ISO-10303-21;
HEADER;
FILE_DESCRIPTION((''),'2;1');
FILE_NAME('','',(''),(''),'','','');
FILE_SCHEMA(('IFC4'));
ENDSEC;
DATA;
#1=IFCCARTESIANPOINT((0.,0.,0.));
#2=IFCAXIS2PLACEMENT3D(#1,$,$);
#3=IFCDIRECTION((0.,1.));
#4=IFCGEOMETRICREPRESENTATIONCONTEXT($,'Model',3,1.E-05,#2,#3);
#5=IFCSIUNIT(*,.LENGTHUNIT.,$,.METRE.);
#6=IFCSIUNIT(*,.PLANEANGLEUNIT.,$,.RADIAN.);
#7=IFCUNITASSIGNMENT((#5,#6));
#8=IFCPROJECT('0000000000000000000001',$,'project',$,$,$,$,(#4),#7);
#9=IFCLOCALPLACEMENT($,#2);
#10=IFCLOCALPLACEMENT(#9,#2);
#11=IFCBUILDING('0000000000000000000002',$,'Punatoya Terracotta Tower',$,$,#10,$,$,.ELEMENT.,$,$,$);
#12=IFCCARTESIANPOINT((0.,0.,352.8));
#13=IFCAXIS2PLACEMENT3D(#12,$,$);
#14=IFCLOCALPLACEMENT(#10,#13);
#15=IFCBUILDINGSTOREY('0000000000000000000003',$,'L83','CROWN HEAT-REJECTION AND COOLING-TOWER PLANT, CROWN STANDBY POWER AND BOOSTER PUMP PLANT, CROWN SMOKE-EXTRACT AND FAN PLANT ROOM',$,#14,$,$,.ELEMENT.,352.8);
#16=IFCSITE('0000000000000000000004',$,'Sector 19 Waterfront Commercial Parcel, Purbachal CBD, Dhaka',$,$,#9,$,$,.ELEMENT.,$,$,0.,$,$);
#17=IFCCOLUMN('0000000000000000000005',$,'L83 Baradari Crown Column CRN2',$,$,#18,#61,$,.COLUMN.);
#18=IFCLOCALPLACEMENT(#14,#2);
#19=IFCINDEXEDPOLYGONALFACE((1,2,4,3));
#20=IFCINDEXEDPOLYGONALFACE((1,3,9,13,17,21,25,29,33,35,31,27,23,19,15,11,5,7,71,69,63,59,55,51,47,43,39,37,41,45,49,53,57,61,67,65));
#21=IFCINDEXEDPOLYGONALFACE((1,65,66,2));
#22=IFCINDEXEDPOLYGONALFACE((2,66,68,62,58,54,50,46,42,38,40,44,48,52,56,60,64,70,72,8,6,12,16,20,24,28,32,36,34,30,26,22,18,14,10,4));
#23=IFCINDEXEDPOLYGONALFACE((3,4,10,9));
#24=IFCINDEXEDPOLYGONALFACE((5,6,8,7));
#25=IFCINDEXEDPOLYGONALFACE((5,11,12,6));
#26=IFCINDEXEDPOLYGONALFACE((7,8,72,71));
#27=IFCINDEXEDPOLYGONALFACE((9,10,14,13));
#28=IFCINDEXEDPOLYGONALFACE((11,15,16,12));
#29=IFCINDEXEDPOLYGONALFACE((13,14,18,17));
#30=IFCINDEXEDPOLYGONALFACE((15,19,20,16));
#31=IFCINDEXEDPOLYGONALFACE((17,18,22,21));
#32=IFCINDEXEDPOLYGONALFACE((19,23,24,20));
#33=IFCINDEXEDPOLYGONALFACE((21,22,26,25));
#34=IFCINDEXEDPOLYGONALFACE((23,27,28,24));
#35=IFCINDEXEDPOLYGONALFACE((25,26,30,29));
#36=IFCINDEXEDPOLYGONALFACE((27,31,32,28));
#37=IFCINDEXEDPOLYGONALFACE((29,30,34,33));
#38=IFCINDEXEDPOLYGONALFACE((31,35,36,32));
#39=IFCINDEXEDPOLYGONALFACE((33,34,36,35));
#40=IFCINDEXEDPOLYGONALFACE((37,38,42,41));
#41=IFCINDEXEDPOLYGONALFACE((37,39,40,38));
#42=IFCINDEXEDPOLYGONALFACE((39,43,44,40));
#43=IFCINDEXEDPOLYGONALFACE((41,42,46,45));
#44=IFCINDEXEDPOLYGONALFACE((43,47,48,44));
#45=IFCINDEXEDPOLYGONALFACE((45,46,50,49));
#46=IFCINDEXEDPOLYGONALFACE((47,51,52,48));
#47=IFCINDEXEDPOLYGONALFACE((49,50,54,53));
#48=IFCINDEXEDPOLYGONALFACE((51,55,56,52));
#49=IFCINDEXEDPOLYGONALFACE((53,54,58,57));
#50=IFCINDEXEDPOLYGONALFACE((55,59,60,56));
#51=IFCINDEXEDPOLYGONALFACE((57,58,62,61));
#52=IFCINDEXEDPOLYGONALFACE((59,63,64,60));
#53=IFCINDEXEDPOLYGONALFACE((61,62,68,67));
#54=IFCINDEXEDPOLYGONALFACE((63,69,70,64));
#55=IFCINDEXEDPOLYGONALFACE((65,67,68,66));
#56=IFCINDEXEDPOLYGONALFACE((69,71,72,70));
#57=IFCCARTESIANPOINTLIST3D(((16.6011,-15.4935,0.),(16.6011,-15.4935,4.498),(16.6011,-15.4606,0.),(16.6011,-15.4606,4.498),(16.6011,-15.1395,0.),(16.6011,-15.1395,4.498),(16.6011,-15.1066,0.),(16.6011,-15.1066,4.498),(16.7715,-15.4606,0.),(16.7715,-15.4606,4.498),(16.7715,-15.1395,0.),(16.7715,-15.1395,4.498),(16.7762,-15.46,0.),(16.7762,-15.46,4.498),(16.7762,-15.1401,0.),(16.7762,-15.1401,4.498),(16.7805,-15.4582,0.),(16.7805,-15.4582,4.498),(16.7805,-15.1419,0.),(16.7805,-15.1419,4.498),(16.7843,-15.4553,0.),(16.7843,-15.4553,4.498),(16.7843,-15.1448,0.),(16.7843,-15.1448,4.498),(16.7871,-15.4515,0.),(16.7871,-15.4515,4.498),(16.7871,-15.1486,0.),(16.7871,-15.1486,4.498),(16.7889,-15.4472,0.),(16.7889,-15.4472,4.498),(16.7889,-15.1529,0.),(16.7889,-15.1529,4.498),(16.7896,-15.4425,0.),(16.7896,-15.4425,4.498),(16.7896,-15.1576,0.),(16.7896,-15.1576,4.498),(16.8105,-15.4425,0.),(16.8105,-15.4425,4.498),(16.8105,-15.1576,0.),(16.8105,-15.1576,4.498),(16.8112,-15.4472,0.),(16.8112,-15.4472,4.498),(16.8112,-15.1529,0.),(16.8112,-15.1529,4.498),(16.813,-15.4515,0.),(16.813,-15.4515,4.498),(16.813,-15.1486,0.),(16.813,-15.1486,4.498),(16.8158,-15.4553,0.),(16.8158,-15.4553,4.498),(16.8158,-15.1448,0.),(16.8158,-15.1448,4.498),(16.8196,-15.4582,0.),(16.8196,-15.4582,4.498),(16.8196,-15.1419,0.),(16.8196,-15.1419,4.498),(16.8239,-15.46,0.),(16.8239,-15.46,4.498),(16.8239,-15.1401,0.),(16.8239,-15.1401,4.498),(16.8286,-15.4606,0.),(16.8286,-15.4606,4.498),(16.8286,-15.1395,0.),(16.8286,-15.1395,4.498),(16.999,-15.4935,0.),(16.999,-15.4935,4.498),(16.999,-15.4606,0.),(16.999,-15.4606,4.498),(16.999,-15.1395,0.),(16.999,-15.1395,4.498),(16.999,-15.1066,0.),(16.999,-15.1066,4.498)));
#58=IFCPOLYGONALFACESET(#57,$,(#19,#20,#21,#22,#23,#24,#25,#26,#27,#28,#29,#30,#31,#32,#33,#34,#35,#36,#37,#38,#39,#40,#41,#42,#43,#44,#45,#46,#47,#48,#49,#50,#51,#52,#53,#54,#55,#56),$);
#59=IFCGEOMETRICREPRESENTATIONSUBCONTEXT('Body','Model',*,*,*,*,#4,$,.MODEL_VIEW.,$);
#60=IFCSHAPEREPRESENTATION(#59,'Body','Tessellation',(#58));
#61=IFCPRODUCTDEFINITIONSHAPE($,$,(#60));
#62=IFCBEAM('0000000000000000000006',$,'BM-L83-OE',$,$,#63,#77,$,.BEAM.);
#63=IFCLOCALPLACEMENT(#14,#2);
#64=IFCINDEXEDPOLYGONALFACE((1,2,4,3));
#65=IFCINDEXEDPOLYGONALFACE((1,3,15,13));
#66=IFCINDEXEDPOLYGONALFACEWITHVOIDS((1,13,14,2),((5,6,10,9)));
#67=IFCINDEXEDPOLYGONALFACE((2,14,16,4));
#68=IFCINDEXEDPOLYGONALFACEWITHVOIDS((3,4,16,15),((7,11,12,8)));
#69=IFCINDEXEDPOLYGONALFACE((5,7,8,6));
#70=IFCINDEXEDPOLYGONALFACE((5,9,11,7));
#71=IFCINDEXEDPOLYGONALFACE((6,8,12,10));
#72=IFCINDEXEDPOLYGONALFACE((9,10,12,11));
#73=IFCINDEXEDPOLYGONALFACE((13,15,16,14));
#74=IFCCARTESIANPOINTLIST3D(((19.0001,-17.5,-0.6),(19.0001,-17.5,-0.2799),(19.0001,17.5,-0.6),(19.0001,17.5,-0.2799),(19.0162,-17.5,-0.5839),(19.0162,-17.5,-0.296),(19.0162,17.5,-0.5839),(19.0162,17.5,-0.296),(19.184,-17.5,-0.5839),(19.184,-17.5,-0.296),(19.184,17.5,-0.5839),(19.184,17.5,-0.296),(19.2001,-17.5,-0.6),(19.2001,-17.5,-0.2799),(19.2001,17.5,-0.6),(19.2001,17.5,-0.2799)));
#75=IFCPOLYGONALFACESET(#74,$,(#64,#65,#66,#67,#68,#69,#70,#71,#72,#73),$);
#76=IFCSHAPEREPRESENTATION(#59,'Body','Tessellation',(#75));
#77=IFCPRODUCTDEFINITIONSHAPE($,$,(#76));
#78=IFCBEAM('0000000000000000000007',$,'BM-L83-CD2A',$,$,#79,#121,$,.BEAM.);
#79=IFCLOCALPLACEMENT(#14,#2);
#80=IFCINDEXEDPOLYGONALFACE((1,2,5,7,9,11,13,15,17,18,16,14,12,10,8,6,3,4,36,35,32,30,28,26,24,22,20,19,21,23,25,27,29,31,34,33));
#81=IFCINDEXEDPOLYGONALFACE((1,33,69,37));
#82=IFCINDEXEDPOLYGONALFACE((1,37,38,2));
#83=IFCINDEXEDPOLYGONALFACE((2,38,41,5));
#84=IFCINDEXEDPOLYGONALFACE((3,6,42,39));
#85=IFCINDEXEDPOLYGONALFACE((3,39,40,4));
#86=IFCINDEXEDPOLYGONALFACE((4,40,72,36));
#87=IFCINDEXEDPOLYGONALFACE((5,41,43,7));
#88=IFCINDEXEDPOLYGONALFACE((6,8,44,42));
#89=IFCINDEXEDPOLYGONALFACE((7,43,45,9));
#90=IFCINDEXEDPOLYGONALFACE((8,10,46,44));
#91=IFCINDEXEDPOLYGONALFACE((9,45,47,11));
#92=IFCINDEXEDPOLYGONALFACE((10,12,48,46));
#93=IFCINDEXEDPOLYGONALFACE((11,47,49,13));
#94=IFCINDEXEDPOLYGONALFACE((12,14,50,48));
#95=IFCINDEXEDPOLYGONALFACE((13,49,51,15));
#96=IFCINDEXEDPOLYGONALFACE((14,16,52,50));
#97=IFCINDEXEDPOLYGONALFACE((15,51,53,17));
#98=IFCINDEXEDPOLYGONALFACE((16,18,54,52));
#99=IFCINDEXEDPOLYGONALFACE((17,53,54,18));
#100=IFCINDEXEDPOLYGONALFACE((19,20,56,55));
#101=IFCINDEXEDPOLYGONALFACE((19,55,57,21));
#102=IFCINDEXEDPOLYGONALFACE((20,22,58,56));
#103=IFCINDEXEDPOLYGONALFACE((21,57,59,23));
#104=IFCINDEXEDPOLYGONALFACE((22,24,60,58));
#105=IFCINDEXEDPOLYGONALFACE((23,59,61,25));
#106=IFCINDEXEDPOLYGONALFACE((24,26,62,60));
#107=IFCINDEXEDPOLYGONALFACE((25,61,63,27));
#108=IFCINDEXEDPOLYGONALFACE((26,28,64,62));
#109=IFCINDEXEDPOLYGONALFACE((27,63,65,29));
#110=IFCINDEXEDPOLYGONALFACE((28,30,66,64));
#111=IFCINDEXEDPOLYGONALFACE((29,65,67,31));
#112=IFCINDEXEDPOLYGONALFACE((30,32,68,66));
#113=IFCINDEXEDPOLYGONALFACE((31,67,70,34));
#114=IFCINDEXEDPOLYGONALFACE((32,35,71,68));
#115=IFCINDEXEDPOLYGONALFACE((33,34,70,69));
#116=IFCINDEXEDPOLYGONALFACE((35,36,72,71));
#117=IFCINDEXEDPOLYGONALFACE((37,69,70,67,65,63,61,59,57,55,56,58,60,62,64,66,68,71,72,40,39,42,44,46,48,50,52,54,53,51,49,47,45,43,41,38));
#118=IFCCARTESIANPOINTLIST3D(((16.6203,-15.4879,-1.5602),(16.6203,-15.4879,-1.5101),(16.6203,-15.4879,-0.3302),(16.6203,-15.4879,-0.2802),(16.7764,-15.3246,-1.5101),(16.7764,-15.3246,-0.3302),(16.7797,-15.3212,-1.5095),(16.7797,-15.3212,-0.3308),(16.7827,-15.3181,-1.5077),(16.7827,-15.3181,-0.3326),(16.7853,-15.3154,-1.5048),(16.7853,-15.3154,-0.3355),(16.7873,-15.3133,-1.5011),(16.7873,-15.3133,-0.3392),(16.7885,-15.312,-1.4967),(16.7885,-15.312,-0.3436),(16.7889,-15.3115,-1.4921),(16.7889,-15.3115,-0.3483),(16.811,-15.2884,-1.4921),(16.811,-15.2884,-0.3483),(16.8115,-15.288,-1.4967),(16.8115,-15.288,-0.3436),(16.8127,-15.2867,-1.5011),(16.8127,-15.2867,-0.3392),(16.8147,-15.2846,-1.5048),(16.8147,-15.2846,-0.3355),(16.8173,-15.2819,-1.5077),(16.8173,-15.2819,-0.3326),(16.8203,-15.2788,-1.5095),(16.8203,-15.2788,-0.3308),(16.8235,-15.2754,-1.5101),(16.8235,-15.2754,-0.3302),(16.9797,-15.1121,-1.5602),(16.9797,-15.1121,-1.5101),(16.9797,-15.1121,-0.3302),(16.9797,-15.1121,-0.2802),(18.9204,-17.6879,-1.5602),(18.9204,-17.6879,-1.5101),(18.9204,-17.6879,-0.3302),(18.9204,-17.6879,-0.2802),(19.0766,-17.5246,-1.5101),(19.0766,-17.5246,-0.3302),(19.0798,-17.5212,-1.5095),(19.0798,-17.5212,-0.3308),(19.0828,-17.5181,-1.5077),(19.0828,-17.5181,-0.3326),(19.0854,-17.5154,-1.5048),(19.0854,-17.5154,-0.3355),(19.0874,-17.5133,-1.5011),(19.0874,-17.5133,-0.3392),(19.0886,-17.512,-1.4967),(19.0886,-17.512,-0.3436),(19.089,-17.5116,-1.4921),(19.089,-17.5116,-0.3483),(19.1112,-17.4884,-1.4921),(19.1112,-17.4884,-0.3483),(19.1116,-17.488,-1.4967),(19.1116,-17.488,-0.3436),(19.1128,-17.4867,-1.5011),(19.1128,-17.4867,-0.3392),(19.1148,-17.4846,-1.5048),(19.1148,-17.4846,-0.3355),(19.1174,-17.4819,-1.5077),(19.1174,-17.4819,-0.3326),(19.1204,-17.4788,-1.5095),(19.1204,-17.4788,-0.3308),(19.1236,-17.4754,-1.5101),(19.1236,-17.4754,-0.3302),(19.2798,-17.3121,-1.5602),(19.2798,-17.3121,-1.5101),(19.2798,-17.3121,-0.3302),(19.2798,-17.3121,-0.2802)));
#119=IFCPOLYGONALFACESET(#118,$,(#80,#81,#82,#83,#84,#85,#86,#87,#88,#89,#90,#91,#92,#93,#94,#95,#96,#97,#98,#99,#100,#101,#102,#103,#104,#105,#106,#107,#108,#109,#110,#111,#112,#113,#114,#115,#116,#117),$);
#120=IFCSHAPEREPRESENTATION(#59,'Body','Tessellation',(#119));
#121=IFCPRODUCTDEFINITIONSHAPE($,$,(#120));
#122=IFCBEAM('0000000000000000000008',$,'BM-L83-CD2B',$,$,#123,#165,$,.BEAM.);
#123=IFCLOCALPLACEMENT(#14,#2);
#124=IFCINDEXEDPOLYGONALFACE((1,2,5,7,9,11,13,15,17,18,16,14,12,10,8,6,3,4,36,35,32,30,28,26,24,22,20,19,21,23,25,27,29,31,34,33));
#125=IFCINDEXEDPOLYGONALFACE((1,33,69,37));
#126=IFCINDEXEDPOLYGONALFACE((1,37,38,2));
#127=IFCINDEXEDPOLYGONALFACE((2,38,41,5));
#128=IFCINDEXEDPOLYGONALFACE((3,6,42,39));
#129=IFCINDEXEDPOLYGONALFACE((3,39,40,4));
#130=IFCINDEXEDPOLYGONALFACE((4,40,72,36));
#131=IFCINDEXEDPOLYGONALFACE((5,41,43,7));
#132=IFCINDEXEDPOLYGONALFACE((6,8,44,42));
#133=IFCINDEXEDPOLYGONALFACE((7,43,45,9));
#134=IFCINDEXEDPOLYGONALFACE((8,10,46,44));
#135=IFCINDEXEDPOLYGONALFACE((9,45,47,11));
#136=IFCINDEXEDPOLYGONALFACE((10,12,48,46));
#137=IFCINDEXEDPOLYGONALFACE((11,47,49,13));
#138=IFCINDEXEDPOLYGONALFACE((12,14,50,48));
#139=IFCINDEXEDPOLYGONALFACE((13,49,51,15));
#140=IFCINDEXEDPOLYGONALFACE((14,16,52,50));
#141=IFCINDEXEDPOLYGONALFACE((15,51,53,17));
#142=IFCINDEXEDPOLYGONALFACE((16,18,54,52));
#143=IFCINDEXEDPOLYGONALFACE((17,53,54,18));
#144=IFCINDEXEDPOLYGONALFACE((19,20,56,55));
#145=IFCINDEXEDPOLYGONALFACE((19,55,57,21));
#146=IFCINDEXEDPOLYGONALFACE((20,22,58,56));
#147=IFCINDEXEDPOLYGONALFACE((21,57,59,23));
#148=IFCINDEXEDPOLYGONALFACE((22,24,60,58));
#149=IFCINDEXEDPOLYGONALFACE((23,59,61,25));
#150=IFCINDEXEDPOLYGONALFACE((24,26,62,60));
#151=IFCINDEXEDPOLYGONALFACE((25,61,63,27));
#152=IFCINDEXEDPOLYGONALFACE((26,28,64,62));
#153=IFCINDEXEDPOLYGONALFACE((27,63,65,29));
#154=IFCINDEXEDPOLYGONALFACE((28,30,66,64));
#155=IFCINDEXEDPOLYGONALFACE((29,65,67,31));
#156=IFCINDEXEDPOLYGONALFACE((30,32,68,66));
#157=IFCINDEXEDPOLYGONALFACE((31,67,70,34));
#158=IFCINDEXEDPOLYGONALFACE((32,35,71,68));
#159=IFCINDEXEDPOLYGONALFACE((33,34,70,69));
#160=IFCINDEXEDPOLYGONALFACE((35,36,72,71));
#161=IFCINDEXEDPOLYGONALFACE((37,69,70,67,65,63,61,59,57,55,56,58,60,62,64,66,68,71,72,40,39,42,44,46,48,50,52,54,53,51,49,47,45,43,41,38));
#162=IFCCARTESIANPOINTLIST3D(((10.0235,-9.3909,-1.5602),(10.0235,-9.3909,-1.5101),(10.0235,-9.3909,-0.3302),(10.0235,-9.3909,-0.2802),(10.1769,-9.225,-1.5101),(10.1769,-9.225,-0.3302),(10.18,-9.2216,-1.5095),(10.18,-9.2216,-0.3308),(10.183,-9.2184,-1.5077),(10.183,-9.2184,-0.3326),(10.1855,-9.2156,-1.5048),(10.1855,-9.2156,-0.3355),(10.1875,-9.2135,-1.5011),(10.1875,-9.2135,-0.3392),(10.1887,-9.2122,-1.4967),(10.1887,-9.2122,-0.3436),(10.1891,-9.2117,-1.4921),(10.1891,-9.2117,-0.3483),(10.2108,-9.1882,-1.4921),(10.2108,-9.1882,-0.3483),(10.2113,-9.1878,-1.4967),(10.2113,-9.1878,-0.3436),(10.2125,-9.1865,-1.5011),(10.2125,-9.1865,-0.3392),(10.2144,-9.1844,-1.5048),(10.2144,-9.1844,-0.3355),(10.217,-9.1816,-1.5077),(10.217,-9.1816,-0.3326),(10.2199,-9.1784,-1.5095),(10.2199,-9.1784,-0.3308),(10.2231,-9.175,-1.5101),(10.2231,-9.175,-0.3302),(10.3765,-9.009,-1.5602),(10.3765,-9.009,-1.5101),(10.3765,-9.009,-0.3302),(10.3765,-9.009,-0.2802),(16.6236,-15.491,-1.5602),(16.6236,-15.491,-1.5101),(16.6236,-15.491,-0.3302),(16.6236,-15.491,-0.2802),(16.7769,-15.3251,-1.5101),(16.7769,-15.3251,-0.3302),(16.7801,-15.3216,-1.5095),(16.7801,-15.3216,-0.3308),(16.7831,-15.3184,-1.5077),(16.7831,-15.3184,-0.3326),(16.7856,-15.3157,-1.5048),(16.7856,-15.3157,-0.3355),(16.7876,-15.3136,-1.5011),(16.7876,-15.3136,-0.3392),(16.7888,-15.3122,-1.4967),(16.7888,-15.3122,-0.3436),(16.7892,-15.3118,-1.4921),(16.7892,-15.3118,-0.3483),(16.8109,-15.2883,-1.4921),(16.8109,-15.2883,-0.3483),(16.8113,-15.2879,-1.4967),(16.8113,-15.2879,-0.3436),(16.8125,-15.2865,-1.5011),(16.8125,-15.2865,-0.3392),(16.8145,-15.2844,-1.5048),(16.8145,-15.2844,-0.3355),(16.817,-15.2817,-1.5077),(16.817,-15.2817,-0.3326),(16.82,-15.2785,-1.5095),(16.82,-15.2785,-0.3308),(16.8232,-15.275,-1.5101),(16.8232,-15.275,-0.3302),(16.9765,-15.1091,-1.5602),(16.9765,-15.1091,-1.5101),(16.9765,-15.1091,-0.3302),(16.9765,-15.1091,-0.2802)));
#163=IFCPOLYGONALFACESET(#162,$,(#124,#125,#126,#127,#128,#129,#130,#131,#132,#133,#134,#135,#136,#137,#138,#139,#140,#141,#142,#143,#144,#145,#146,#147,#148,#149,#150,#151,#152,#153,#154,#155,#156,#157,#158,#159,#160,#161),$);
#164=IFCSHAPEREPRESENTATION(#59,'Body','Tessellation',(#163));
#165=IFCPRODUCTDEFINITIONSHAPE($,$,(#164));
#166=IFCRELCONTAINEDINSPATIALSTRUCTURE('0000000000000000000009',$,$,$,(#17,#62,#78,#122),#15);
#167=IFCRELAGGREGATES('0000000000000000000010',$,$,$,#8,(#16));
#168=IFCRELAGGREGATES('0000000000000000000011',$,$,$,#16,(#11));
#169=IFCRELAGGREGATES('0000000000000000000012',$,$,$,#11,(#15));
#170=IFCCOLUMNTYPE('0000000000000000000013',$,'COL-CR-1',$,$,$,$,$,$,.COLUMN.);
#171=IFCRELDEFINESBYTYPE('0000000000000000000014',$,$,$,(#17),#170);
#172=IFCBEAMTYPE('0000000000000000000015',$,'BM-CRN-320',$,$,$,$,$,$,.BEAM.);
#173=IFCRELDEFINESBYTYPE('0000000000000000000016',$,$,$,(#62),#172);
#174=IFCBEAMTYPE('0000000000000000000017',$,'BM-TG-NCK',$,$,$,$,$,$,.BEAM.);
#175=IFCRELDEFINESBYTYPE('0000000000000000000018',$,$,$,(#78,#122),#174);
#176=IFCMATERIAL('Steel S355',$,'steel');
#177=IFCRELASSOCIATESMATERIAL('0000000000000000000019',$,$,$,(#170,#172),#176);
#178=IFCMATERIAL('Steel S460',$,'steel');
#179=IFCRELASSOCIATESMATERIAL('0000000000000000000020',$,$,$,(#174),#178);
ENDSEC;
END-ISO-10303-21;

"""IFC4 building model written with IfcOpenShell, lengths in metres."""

from ifc_helpers import new_model, si_unit, direction, frame, origin, origin_2d, place, context, subcontext, project, spatial, hollow_rectangle, i_section, extrude, material, material_profile, profile_set, type_object, element, save


model = new_model("IFC4")

# Units and contexts
model_context = context("Model", 3, precision=1e-05, world=origin(), true_north=direction((0.0, 1.0)))
body_context = subcontext(model_context, "Body", "Model", "MODEL_VIEW")
ifc_project = project(units=[si_unit("LENGTHUNIT", "METRE"), si_unit("PLANEANGLEUNIT", "RADIAN")], contexts=[model_context])

# Site, building, storey
site_placement = place(None, origin())
site = spatial("IfcSite", under=ifc_project, at=site_placement, Name="Sector 19 Waterfront Commercial Parcel, Purbachal CBD, Dhaka", CompositionType="ELEMENT", RefElevation=0.0)
building_placement = place(site_placement, origin())
building = spatial("IfcBuilding", under=site, at=building_placement, Name="Punatoya Terracotta Tower", CompositionType="ELEMENT")
storey_placement = place(building_placement, frame((0.0, 0.0, 352.8)))
storey = spatial("IfcBuildingStorey", under=building, at=storey_placement, Name="L83", Description="CROWN HEAT-REJECTION AND COOLING-TOWER PLANT, CROWN STANDBY POWER AND BOOSTER PUMP PLANT, CROWN SMOKE-EXTRACT AND FAN PLANT ROOM", CompositionType="ELEMENT", Elevation=352.8)

# Column
ifc_material_1 = material(Name="Steel S355", Category="steel")
ifc_material_profile_1 = material_profile(ifc_material_1, i_section(OverallWidth=0.3979, OverallDepth=0.387, WebThickness=0.021, FlangeThickness=0.033, FilletRadius=0.0181, at=origin_2d()))
ifc_profile_set_1 = profile_set([ifc_material_profile_1], Name="Steel S355")
column_type = type_object("IfcColumnType", Name="COL-CR-1", PredefinedType="COLUMN", material=ifc_profile_set_1)
column_placement = place(storey_placement, frame((16.8, -15.3, 0.0), z_axis=(0.0, 0.0, 1.0), x_axis=(1.0, 0.0, 0.0)))
element("IfcColumn", 1, at=column_placement, inside=storey, type_object=column_type, Name="L83 Baradari Crown Column CRN2", PredefinedType="COLUMN", context=body_context, shape_type="SweptSolid", body=[
    extrude(i_section(OverallWidth=0.3979, OverallDepth=0.387, WebThickness=0.021, FlangeThickness=0.033, FilletRadius=0.0181, at=origin_2d()), origin(), (0.0, 0.0, 1.0), 4.498),
])

# Beams
ifc_material_profile_2 = material_profile(ifc_material_1, hollow_rectangle(XDim=0.2, YDim=0.3201, WallThickness=0.0161, at=origin_2d()))
ifc_profile_set_2 = profile_set([ifc_material_profile_2], Name="Steel S355")
beam_type_1 = type_object("IfcBeamType", Name="BM-CRN-320", PredefinedType="BEAM", material=ifc_profile_set_2)
beam_1_placement = place(storey_placement, frame((19.1001, -17.5, -0.4399), z_axis=(0.0, 1.0, 0.0), x_axis=(-1.0, 0.0, 0.0)))
element("IfcBeam", 2, at=beam_1_placement, inside=storey, type_object=beam_type_1, Name="BM-L83-OE", PredefinedType="BEAM", context=body_context, shape_type="SweptSolid", body=[
    extrude(hollow_rectangle(XDim=0.2, YDim=0.3201, WallThickness=0.0161, at=origin_2d()), origin(), (0.0, 0.0, 1.0), 35.0),
])
ifc_material_2 = material(Name="Steel S460", Category="steel")
ifc_material_profile_3 = material_profile(ifc_material_2, i_section(OverallWidth=0.52, OverallDepth=1.28, WebThickness=0.032, FlangeThickness=0.05, FilletRadius=0.0181, at=origin_2d()))
ifc_profile_set_3 = profile_set([ifc_material_profile_3], Name="Steel S460")
beam_type_2 = type_object("IfcBeamType", Name="BM-TG-NCK", PredefinedType="BEAM", material=ifc_profile_set_3)
beam_2_placement = place(storey_placement, frame((19.1001, -17.5, -0.9202), z_axis=(-0.722657, 0.691207, 0.0), x_axis=(-0.691207, -0.722657, 0.0)))
element("IfcBeam", 3, at=beam_2_placement, inside=storey, type_object=beam_type_2, Name="BM-L83-CD2A", PredefinedType="BEAM", context=body_context, shape_type="SweptSolid", body=[
    extrude(i_section(OverallWidth=0.52, OverallDepth=1.28, WebThickness=0.032, FlangeThickness=0.05, FilletRadius=0.0181, at=origin_2d()), origin(), (0.0, 0.0, 1.0), 3.1829),
])
beam_3_placement = place(storey_placement, frame((16.8, -15.3, -0.9202), z_axis=(-0.734376, 0.678743, 0.0), x_axis=(-0.678743, -0.734376, 0.0)))
element("IfcBeam", 4, at=beam_3_placement, inside=storey, type_object=beam_type_2, Name="BM-L83-CD2B", PredefinedType="BEAM", context=body_context, shape_type="SweptSolid", body=[
    extrude(i_section(OverallWidth=0.52, OverallDepth=1.28, WebThickness=0.032, FlangeThickness=0.05, FilletRadius=0.0181, at=origin_2d()), origin(), (0.0, 0.0, 1.0), 8.9873),
])

save(model, "model.ifc")
